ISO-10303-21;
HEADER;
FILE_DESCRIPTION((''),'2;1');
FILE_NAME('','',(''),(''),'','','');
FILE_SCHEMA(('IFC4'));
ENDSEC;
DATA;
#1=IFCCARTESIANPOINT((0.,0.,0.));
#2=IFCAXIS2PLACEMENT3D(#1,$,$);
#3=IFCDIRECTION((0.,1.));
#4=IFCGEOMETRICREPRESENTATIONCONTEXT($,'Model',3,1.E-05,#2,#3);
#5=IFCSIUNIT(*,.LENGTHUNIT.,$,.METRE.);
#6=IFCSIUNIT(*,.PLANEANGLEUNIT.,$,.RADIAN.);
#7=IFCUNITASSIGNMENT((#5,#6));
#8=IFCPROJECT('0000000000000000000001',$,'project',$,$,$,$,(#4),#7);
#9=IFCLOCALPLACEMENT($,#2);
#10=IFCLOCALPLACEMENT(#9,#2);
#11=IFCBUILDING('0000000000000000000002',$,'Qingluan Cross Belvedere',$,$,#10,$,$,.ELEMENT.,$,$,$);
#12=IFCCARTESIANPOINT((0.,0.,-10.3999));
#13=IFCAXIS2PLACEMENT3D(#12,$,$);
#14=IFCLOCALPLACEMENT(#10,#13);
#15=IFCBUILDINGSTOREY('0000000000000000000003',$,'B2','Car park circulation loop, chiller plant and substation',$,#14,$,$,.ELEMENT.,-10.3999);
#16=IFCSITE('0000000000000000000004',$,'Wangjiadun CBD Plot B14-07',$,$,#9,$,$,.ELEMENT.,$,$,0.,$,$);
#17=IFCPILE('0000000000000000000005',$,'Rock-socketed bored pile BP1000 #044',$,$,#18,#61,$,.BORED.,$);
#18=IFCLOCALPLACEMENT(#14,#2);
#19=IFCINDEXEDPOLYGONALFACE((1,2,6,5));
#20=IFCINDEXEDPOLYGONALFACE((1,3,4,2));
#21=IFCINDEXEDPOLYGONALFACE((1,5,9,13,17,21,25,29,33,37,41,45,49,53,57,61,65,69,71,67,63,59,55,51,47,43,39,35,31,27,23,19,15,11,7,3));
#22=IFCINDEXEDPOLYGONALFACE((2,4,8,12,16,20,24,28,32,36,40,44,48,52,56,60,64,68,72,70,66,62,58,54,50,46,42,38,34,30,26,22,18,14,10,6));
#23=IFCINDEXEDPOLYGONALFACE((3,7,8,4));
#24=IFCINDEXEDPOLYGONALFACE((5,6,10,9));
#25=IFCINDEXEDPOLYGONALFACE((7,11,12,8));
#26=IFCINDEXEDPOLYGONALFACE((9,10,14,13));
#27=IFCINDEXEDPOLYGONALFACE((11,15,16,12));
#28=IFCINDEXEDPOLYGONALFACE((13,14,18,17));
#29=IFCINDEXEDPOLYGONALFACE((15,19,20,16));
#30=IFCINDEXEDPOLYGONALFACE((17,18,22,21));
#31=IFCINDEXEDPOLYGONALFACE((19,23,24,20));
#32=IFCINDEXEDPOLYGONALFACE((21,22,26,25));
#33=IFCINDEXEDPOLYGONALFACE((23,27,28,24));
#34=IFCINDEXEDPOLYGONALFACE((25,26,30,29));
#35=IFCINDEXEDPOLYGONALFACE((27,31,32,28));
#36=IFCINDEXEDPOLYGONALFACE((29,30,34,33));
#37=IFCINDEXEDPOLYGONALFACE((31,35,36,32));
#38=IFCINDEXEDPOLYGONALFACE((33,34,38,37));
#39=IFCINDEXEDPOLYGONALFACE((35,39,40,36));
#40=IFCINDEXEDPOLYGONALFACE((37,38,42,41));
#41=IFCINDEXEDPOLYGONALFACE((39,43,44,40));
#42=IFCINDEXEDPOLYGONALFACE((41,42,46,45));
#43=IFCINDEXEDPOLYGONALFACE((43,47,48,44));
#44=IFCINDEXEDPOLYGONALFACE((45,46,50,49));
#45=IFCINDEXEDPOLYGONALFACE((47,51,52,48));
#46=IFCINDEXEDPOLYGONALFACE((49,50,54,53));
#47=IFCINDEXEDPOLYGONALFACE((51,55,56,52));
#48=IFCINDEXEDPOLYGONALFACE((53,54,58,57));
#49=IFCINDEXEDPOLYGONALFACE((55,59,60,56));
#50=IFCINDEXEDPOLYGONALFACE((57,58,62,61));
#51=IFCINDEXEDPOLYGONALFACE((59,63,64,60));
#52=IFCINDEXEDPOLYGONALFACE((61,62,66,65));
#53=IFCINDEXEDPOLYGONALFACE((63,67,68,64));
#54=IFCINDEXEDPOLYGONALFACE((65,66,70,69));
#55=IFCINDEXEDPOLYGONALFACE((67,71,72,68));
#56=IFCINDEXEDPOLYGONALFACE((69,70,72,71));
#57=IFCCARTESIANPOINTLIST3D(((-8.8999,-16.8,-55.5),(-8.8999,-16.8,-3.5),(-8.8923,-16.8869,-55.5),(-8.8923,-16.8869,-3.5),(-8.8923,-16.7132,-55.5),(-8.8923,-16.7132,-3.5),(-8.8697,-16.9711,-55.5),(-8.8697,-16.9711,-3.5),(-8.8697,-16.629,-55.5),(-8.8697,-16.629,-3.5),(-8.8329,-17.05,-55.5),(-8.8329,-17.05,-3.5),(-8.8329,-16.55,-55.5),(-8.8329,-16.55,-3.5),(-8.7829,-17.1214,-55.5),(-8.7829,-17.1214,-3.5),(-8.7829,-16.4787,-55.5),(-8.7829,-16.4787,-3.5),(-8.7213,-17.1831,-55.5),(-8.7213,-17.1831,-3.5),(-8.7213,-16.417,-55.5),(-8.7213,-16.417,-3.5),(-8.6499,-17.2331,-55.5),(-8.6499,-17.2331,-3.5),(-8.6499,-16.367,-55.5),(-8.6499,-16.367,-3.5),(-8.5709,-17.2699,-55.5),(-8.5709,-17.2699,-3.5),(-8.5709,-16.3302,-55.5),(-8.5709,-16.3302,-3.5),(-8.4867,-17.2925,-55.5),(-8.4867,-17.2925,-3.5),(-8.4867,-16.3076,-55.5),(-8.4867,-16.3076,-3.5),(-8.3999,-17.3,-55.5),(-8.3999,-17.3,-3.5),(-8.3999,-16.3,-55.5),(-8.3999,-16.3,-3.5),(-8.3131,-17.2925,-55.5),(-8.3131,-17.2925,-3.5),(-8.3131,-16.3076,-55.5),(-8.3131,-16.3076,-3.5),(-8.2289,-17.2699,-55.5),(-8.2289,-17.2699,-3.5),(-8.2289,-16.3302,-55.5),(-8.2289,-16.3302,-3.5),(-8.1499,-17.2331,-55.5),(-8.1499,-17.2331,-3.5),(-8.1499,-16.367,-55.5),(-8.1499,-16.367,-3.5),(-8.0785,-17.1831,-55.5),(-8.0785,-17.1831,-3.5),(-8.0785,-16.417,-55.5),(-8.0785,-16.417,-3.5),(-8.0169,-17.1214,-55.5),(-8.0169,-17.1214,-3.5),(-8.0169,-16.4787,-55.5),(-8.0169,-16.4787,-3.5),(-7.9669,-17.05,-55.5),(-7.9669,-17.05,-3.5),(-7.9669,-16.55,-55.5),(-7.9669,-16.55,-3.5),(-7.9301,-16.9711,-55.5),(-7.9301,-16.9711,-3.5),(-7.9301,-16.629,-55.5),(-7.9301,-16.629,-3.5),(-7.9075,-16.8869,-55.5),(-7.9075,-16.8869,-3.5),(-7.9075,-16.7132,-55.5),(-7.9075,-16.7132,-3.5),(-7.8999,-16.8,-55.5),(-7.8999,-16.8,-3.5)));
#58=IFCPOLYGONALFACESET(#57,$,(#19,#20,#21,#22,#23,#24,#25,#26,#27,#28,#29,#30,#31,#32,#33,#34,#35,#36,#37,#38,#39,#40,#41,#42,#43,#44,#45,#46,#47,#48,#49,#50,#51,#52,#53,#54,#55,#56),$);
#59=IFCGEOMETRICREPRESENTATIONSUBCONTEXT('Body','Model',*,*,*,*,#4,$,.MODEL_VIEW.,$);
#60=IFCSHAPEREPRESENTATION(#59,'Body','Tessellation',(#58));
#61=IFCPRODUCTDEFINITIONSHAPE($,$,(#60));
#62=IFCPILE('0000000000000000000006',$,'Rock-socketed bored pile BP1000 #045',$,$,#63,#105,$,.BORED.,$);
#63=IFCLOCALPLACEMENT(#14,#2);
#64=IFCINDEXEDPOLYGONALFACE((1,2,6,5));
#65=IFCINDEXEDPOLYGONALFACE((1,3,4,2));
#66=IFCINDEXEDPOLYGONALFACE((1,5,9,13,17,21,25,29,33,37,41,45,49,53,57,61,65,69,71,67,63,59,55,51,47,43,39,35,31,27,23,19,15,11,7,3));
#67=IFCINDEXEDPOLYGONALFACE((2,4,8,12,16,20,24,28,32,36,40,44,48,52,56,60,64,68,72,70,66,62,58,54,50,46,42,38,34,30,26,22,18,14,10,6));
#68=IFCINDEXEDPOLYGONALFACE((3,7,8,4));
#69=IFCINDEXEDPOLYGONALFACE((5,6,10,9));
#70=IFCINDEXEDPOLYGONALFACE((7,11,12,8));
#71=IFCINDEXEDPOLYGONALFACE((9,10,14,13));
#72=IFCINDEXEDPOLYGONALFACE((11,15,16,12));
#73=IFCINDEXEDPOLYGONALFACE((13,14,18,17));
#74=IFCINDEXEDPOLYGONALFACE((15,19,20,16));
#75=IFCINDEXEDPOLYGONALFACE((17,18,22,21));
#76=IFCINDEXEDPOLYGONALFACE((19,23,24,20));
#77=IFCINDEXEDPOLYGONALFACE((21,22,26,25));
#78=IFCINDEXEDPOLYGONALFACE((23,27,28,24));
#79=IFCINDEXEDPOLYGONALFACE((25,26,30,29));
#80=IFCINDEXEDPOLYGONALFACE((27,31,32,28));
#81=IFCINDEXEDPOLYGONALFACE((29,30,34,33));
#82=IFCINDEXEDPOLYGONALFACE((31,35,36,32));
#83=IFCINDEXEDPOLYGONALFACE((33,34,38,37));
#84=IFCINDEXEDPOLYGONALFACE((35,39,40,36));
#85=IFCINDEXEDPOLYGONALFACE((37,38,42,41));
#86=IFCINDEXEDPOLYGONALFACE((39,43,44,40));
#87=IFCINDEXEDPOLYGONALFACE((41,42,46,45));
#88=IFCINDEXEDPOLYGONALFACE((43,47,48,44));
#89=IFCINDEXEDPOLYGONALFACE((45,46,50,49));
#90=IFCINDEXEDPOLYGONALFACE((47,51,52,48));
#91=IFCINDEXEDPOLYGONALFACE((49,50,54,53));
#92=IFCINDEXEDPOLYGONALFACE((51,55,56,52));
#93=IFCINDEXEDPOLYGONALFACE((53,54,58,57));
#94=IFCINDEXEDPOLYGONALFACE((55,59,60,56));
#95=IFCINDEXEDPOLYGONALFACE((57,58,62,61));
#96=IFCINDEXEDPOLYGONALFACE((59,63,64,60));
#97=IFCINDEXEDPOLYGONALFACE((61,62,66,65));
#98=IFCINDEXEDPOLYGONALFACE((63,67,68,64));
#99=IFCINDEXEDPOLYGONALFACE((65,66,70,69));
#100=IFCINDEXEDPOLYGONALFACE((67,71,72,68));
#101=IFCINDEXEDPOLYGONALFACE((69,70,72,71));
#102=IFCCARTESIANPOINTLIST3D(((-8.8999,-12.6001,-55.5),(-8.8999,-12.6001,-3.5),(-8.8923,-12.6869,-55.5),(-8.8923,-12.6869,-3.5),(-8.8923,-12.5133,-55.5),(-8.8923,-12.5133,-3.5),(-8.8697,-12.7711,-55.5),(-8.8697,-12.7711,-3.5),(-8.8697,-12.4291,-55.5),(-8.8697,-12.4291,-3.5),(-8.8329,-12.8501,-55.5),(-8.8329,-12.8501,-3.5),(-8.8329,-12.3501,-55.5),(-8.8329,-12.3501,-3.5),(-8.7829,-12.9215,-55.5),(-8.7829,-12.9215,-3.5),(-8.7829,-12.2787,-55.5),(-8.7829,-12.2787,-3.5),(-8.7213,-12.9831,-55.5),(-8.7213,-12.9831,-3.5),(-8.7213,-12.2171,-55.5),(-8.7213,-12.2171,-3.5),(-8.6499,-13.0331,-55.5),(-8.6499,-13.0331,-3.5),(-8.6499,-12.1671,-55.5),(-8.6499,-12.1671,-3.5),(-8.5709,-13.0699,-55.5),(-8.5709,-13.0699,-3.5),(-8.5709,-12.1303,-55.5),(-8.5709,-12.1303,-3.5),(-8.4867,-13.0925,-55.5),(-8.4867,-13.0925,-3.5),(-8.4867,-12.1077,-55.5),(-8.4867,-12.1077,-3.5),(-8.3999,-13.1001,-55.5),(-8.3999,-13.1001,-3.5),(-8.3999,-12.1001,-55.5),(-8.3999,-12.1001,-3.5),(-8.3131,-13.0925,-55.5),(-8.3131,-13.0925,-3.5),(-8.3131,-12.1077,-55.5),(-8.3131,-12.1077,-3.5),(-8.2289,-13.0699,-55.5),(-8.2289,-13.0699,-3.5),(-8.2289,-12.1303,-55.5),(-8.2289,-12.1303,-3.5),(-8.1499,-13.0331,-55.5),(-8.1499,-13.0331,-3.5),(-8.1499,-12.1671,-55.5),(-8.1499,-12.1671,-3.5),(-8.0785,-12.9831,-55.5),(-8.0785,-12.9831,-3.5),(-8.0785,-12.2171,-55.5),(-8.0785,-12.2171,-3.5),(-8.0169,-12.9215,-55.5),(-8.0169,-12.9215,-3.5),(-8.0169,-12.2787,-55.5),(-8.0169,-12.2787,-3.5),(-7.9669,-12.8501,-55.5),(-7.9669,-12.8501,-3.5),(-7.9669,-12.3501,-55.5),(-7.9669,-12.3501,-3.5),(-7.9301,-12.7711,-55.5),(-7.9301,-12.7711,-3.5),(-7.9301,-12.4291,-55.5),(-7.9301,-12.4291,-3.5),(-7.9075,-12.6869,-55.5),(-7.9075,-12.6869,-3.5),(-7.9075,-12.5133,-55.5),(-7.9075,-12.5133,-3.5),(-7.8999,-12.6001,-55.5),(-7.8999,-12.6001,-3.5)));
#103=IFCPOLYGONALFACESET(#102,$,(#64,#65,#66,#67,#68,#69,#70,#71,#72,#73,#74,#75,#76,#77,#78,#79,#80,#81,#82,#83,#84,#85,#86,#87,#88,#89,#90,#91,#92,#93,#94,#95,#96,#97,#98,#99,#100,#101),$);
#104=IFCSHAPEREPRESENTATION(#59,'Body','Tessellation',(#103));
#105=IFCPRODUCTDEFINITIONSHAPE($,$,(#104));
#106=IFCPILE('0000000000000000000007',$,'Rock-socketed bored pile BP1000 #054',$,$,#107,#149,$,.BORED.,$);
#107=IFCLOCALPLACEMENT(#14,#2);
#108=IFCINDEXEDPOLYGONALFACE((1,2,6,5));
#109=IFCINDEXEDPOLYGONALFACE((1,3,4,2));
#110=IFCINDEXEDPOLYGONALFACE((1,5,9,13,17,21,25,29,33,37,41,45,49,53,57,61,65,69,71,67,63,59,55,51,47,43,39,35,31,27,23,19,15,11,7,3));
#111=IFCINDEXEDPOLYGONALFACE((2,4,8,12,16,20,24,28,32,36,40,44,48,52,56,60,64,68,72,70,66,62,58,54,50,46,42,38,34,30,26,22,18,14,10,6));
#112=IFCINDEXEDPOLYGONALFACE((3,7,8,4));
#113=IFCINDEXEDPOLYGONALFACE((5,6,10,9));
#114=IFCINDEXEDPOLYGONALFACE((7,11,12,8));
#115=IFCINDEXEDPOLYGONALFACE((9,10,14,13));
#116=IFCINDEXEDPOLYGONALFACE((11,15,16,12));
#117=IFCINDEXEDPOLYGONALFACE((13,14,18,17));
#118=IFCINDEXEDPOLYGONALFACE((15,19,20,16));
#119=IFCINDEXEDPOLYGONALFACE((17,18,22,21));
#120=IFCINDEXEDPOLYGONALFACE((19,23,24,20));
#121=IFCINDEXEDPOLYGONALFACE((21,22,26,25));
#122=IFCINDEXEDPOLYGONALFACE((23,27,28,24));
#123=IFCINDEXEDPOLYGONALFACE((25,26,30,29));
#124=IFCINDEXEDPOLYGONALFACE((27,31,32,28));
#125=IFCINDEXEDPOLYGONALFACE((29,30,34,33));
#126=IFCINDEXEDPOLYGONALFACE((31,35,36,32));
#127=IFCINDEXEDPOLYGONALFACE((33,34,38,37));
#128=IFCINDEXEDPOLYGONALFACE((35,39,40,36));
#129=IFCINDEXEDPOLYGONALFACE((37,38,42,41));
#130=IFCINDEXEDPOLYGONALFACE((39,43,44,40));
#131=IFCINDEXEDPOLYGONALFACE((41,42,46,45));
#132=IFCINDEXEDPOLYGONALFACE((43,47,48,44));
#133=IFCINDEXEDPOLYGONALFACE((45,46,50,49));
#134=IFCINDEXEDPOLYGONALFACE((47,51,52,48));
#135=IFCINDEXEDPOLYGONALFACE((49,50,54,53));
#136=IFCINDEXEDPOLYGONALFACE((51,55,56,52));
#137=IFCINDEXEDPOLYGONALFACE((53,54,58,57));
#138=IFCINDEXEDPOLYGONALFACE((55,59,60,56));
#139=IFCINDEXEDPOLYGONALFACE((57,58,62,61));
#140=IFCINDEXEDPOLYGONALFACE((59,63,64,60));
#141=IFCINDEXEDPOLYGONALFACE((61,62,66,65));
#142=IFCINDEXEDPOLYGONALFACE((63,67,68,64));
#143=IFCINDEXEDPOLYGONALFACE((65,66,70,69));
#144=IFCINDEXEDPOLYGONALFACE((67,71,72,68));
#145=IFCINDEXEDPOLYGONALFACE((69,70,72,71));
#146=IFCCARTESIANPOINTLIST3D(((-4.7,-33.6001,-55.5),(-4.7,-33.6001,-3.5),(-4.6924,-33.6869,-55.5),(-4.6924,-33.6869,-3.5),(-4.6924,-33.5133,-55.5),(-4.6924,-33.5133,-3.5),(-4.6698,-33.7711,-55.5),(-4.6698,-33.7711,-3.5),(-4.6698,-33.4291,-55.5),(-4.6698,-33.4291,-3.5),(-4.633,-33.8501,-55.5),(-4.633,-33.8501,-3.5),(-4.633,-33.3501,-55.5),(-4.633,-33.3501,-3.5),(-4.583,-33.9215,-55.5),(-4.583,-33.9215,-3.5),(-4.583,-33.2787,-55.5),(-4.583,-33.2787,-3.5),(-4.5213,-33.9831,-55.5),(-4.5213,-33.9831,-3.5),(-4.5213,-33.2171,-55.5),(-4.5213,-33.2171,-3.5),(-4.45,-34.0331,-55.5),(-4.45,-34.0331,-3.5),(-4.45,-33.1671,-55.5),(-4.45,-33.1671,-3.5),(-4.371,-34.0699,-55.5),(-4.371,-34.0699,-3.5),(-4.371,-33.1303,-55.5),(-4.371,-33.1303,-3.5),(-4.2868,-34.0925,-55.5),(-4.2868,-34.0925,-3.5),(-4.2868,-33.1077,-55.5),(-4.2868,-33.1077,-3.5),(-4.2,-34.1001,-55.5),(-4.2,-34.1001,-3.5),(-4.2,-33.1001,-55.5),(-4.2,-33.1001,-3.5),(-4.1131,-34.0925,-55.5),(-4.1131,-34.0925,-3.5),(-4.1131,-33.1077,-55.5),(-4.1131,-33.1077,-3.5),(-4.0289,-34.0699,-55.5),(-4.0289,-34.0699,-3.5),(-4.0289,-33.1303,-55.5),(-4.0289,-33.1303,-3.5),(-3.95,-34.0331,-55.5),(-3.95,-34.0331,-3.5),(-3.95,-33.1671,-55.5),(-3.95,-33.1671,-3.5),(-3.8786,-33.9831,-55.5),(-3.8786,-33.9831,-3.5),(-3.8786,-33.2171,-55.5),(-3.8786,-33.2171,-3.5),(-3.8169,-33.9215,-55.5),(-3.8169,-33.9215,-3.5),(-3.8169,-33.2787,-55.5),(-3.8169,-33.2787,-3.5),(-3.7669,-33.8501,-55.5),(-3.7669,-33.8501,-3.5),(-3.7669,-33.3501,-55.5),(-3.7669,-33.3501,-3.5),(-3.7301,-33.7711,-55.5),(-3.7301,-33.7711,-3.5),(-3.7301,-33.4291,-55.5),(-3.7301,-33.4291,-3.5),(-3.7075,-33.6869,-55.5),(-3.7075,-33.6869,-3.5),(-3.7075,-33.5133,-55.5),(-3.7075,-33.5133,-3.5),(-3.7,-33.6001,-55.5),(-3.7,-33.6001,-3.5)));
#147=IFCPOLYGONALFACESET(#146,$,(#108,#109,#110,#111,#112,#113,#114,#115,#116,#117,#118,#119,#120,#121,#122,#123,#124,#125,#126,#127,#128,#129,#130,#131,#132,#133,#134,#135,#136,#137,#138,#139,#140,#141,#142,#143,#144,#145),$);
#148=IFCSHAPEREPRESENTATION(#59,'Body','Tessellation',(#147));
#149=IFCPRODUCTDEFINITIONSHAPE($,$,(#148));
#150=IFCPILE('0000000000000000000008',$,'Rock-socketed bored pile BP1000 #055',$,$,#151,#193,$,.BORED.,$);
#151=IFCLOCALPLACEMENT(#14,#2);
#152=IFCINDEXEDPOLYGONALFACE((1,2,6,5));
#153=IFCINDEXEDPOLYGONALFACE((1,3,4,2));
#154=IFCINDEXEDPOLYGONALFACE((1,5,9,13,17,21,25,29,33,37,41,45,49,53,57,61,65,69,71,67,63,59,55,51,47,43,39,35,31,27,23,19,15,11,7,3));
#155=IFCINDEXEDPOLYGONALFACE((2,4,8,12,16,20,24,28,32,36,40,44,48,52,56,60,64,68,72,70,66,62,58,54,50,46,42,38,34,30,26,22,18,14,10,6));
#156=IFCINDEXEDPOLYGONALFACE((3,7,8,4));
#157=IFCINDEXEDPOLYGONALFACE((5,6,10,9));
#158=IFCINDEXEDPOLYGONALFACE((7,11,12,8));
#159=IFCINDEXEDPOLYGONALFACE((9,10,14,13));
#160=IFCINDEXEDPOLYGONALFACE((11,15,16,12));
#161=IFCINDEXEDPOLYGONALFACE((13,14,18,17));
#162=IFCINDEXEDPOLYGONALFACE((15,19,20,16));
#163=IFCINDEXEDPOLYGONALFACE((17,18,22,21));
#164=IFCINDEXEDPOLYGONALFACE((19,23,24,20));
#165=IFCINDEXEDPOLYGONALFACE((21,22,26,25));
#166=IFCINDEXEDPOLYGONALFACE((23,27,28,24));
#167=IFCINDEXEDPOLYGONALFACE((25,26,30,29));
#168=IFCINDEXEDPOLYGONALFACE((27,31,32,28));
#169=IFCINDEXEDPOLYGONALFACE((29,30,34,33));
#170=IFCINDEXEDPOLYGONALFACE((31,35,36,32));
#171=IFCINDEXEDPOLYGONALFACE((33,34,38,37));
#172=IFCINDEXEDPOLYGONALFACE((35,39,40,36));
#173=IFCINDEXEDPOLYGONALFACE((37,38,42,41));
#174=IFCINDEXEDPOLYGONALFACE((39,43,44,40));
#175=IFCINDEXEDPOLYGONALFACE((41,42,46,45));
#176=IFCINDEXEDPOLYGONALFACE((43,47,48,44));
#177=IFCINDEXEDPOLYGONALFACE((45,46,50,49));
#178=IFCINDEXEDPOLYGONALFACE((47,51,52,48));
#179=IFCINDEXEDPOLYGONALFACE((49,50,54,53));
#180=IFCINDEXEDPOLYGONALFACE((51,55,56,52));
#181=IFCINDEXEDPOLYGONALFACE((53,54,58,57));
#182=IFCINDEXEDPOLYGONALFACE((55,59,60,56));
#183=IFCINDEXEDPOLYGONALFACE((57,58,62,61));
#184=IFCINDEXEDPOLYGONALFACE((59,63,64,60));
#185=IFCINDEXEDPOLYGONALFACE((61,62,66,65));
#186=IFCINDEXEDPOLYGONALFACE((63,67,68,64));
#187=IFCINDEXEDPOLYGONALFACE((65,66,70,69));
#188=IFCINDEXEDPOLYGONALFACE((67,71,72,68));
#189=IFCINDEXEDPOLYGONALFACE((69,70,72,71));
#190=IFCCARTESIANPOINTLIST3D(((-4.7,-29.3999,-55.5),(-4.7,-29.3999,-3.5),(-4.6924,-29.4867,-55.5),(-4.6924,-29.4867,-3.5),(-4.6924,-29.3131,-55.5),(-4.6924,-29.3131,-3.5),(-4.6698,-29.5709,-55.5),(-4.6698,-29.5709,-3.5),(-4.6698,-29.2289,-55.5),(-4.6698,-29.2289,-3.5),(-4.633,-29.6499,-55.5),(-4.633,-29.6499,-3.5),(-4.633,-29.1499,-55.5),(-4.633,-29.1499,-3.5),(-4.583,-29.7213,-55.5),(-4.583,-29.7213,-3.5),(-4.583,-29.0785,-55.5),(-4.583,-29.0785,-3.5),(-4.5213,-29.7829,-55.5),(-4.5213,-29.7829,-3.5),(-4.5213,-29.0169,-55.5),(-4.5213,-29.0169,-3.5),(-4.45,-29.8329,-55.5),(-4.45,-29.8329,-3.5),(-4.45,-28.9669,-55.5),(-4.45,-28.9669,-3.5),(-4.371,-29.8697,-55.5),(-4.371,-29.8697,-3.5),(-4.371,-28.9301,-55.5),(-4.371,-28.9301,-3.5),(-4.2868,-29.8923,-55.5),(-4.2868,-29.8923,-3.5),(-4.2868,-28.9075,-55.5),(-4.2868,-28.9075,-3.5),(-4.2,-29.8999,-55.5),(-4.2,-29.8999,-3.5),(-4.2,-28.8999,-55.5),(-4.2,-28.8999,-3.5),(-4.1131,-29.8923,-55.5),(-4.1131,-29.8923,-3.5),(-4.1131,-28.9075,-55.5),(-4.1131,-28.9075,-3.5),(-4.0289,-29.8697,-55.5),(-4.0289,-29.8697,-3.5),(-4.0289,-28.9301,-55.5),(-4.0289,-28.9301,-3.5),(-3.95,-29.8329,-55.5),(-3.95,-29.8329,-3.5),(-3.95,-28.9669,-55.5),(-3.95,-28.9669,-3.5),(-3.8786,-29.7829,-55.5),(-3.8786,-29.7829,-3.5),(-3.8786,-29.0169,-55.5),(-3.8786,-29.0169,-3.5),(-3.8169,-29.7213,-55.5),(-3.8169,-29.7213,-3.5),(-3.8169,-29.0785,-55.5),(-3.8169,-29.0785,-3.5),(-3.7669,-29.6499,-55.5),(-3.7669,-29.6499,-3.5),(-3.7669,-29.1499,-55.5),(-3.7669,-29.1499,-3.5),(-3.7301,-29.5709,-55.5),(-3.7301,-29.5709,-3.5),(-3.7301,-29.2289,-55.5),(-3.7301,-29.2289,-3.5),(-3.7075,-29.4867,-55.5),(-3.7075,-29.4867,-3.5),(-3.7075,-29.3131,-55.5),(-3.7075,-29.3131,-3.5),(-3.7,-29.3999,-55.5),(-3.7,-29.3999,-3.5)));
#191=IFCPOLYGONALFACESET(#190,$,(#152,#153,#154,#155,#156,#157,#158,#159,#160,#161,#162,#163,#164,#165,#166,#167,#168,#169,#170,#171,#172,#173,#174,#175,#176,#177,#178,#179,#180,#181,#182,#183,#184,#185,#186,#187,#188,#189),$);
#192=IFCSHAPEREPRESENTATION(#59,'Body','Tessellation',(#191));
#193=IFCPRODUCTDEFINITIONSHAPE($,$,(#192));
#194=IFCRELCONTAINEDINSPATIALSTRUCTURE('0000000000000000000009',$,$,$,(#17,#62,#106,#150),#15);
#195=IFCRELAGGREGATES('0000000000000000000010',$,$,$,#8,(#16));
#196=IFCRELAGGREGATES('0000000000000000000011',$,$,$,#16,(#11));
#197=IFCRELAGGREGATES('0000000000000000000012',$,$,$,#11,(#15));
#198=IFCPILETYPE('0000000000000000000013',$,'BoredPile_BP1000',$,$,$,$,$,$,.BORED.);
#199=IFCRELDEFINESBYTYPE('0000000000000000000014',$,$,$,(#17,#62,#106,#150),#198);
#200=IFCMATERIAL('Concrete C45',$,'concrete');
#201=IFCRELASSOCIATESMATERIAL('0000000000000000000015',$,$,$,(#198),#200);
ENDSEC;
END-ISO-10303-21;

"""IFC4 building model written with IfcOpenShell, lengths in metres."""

from ifc_helpers import new_model, si_unit, direction, frame, origin, origin_2d, place, context, subcontext, project, spatial, circle, extrude, material, material_profile, profile_set, type_object, element, save


model = new_model("IFC4")

# Units and contexts
model_context = context("Model", 3, precision=1e-05, world=origin(), true_north=direction((0.0, 1.0)))
body_context = subcontext(model_context, "Body", "Model", "MODEL_VIEW")
ifc_project = project(units=[si_unit("LENGTHUNIT", "METRE"), si_unit("PLANEANGLEUNIT", "RADIAN")], contexts=[model_context])

# Site, building, storey
site_placement = place(None, origin())
site = spatial("IfcSite", under=ifc_project, at=site_placement, Name="Wangjiadun CBD Plot B14-07", CompositionType="ELEMENT", RefElevation=0.0)
building_placement = place(site_placement, origin())
building = spatial("IfcBuilding", under=site, at=building_placement, Name="Qingluan Cross Belvedere", CompositionType="ELEMENT")
storey_placement = place(building_placement, frame((0.0, 0.0, -10.3999)))
storey = spatial("IfcBuildingStorey", under=building, at=storey_placement, Name="B2", Description="Car park circulation loop, chiller plant and substation", CompositionType="ELEMENT", Elevation=-10.3999)

# Piles
ifc_material_1 = material(Name="Concrete C45", Category="concrete")
ifc_material_profile_1 = material_profile(ifc_material_1, circle(Radius=0.5, at=origin_2d()), Name="BP1000")
ifc_profile_set_1 = profile_set([ifc_material_profile_1], Name="Concrete C45")
pile_type = type_object("IfcPileType", Name="BoredPile_BP1000", PredefinedType="BORED", material=ifc_profile_set_1)
for number, where, z_axis, x_axis, name in (
    (1, (-8.3999, -16.8, -3.5), (0.0, 0.0, -1.0), (1.0, 0.0, 0.0), "Rock-socketed bored pile BP1000 #044"),
    (2, (-8.3999, -12.6001, -3.5), (0.0, 0.0, -1.0), (1.0, 0.0, 0.0), "Rock-socketed bored pile BP1000 #045"),
    (3, (-4.2, -33.6001, -3.5), (0.0, 0.0, -1.0), (1.0, 0.0, 0.0), "Rock-socketed bored pile BP1000 #054"),
    (4, (-4.2, -29.3999, -3.5), (0.0, 0.0, -1.0), (1.0, 0.0, 0.0), "Rock-socketed bored pile BP1000 #055"),
):
    element("IfcPile", number, at=place(storey_placement, frame(where, z_axis=z_axis, x_axis=x_axis)), inside=storey, type_object=pile_type, Name=name, PredefinedType="BORED", context=body_context, shape_type="SweptSolid", body=[
        extrude(circle(Radius=0.5, at=origin_2d()), origin(), (0.0, 0.0, 1.0), 52.0),
    ])

save(model, "model.ifc")
